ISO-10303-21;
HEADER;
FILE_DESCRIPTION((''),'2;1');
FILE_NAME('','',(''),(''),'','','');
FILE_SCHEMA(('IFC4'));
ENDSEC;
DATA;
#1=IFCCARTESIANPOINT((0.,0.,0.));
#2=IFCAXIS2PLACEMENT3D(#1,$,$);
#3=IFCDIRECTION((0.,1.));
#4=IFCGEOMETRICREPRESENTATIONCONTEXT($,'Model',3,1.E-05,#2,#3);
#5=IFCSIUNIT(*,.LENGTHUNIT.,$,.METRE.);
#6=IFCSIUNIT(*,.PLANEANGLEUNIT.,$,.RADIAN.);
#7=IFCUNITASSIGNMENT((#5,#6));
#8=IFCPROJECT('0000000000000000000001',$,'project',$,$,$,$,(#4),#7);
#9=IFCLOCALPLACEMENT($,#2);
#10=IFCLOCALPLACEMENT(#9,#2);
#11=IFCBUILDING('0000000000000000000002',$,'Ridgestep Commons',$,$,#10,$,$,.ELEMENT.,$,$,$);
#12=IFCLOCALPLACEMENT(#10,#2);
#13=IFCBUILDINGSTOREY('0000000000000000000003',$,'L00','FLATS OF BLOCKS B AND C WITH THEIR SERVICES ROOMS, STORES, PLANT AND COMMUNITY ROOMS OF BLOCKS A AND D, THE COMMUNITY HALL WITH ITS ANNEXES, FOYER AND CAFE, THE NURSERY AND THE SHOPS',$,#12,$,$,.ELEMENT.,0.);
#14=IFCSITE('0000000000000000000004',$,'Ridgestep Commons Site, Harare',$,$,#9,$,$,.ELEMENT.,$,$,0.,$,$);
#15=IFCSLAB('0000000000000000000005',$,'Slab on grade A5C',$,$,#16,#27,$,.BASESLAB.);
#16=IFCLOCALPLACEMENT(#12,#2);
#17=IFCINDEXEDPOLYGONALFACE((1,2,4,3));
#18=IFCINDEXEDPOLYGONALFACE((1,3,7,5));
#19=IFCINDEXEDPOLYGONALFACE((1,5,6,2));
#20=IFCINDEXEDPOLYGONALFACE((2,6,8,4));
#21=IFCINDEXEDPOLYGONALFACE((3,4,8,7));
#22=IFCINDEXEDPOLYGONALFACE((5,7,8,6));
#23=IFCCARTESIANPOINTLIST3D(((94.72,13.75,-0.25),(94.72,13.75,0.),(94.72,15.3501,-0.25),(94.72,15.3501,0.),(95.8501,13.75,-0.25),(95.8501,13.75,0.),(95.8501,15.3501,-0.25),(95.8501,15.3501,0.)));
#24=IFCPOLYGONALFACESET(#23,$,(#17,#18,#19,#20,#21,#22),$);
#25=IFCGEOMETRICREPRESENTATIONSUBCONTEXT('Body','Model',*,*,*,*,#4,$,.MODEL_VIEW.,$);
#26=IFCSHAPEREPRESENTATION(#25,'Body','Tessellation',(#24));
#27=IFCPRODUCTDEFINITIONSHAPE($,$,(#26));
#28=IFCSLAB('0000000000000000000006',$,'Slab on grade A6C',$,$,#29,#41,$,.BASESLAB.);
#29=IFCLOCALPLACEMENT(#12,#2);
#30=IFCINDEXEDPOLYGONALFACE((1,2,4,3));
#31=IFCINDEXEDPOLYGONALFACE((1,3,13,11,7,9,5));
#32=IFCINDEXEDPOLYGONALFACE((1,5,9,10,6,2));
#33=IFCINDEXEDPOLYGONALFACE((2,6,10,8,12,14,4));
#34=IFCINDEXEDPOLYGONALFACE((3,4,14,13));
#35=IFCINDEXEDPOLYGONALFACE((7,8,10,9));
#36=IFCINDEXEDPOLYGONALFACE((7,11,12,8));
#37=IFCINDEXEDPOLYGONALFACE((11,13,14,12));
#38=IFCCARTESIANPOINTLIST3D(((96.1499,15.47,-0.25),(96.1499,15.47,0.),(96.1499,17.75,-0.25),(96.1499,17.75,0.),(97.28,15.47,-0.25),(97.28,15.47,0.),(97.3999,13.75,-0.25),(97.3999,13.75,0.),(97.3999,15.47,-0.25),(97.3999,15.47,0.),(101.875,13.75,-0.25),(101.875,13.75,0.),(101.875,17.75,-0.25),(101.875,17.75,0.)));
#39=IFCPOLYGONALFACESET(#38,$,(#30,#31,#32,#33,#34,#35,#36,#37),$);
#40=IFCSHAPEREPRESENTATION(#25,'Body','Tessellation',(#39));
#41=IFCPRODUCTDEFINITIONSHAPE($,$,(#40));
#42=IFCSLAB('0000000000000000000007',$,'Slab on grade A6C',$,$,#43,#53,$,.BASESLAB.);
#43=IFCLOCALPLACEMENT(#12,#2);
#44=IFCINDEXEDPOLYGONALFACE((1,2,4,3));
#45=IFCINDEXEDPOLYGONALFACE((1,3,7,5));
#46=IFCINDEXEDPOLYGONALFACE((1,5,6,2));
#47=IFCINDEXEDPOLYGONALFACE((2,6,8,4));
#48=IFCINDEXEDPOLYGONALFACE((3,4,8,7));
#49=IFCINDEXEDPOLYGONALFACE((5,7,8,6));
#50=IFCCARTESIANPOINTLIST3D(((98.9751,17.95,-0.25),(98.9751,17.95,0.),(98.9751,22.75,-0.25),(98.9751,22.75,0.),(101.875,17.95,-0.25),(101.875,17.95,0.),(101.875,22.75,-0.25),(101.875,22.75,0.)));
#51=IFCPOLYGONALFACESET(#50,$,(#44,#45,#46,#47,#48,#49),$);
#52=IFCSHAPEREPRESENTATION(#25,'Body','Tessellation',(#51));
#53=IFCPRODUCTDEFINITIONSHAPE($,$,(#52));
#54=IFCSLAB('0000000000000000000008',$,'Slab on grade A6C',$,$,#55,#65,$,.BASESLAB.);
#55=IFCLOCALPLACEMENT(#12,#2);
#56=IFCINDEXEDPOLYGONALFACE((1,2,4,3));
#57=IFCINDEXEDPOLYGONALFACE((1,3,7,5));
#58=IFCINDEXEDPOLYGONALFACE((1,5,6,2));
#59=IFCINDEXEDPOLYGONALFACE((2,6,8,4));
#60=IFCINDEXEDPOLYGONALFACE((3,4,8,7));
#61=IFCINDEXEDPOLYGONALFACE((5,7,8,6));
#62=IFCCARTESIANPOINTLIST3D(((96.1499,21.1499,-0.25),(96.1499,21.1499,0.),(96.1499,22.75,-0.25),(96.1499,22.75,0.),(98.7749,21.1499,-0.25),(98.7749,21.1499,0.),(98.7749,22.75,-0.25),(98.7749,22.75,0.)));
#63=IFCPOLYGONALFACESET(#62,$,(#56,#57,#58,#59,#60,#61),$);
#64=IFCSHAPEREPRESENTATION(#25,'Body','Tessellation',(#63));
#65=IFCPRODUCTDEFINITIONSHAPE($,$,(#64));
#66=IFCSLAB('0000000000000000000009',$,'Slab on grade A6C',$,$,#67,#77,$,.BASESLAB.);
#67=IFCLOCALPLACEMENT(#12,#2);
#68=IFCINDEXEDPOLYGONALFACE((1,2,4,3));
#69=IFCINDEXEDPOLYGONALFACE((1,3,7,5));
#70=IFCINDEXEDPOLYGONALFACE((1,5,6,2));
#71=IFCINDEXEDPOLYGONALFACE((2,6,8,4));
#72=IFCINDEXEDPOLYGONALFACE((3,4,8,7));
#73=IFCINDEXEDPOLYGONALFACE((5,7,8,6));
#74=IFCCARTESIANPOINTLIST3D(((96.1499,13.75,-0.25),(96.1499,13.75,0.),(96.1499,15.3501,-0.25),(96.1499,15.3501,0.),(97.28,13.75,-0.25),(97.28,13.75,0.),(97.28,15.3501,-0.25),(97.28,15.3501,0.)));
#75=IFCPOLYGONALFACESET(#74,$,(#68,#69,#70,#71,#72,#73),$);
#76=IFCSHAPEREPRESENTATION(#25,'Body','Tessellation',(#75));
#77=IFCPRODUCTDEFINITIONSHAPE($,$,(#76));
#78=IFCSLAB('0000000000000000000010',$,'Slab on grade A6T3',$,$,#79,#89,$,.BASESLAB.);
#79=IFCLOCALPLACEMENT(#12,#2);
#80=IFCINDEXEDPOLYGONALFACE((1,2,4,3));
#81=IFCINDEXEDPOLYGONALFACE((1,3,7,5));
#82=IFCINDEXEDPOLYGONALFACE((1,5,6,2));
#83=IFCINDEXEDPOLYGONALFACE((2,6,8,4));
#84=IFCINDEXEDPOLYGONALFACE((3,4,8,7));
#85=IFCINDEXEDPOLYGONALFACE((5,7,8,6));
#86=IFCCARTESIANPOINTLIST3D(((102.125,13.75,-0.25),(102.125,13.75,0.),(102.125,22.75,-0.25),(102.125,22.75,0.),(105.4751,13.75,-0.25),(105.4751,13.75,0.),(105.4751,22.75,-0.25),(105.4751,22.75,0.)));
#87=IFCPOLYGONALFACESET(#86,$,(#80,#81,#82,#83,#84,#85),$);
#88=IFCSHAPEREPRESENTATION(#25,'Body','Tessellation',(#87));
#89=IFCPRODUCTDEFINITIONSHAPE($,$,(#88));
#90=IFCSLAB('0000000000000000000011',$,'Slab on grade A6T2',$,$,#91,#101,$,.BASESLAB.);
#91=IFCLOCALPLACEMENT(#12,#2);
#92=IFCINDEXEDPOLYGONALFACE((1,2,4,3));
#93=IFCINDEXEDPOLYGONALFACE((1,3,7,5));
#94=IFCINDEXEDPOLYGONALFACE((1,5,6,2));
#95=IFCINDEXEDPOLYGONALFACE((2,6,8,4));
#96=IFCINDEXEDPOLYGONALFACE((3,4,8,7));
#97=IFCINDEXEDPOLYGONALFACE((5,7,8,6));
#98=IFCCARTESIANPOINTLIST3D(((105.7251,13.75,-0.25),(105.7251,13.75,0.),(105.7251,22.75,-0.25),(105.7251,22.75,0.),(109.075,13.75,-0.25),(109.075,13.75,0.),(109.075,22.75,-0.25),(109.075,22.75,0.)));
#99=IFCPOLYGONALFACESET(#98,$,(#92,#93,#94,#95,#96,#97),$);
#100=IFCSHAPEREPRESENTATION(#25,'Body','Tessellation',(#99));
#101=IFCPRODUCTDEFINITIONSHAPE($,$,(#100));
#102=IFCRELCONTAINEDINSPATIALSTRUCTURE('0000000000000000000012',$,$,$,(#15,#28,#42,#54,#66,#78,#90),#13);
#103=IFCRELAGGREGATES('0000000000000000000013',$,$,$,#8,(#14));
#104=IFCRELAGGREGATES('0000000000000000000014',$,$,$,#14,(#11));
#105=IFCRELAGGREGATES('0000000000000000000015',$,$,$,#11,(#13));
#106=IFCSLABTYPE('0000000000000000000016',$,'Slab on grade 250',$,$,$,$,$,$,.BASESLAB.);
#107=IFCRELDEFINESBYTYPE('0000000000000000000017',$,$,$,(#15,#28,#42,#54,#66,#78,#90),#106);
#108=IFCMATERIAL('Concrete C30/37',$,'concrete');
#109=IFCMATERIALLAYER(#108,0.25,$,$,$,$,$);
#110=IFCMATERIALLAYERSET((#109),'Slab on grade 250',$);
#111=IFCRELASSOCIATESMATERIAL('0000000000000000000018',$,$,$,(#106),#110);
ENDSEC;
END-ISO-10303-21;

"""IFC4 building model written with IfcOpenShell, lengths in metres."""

from ifc_helpers import new_model, si_unit, direction, frame, origin, place, context, subcontext, project, spatial, polyline, outline, extrude, material, layer, layer_set, type_object, element, save


model = new_model("IFC4")

# Units and contexts
model_context = context("Model", 3, precision=1e-05, world=origin(), true_north=direction((0.0, 1.0)))
body_context = subcontext(model_context, "Body", "Model", "MODEL_VIEW")
ifc_project = project(units=[si_unit("LENGTHUNIT", "METRE"), si_unit("PLANEANGLEUNIT", "RADIAN")], contexts=[model_context])

# Site, building, storey
site_placement = place(None, origin())
site = spatial("IfcSite", under=ifc_project, at=site_placement, Name="Ridgestep Commons Site, Harare", CompositionType="ELEMENT", RefElevation=0.0)
building_placement = place(site_placement, origin())
building = spatial("IfcBuilding", under=site, at=building_placement, Name="Ridgestep Commons", CompositionType="ELEMENT")
storey_placement = place(building_placement, origin())
storey = spatial("IfcBuildingStorey", under=building, at=storey_placement, Name="L00", Description="FLATS OF BLOCKS B AND C WITH THEIR SERVICES ROOMS, STORES, PLANT AND COMMUNITY ROOMS OF BLOCKS A AND D, THE COMMUNITY HALL WITH ITS ANNEXES, FOYER AND CAFE, THE NURSERY AND THE SHOPS", CompositionType="ELEMENT", Elevation=0.0)

# Slabs
ifc_material = material(Name="Concrete C30/37", Category="concrete")
ifc_layer = layer(ifc_material, 0.25)
ifc_layer_set = layer_set([ifc_layer], Name="Slab on grade 250")
slab_type = type_object("IfcSlabType", Name="Slab on grade 250", PredefinedType="BASESLAB", material=ifc_layer_set)
slab_1_placement = place(storey_placement, frame((0.0, 0.0, -0.25)))
element("IfcSlab", 1, at=slab_1_placement, inside=storey, type_object=slab_type, Name="Slab on grade A5C", PredefinedType="BASESLAB", context=body_context, shape_type="SweptSolid", body=[
    extrude(outline(polyline([(94.72, 13.75), (95.8501, 13.75), (95.8501, 15.3501), (94.72, 15.3501), (94.72, 13.75)])), origin(), (0.0, 0.0, 1.0), 0.25),
])
slab_2_placement = place(storey_placement, frame((0.0, 0.0, -0.25)))
element("IfcSlab", 2, at=slab_2_placement, inside=storey, type_object=slab_type, Name="Slab on grade A6C", PredefinedType="BASESLAB", context=body_context, shape_type="SweptSolid", body=[
    extrude(outline(polyline([(97.3999, 13.75), (101.875, 13.75), (101.875, 17.75), (96.1499, 17.75), (96.1499, 15.47), (97.28, 15.47), (97.3999, 15.47), (97.3999, 13.75)])), origin(), (0.0, 0.0, 1.0), 0.25),
])
slab_3_placement = place(storey_placement, frame((0.0, 0.0, -0.25)))
element("IfcSlab", 3, at=slab_3_placement, inside=storey, type_object=slab_type, Name="Slab on grade A6C", PredefinedType="BASESLAB", context=body_context, shape_type="SweptSolid", body=[
    extrude(outline(polyline([(101.875, 17.95), (101.875, 22.75), (98.9751, 22.75), (98.9751, 17.95), (101.875, 17.95)])), origin(), (0.0, 0.0, 1.0), 0.25),
])
slab_4_placement = place(storey_placement, frame((0.0, 0.0, -0.25)))
element("IfcSlab", 4, at=slab_4_placement, inside=storey, type_object=slab_type, Name="Slab on grade A6C", PredefinedType="BASESLAB", context=body_context, shape_type="SweptSolid", body=[
    extrude(outline(polyline([(98.7749, 22.75), (96.1499, 22.75), (96.1499, 21.1499), (98.7749, 21.1499), (98.7749, 22.75)])), origin(), (0.0, 0.0, 1.0), 0.25),
])
slab_5_placement = place(storey_placement, frame((0.0, 0.0, -0.25)))
element("IfcSlab", 5, at=slab_5_placement, inside=storey, type_object=slab_type, Name="Slab on grade A6C", PredefinedType="BASESLAB", context=body_context, shape_type="SweptSolid", body=[
    extrude(outline(polyline([(97.28, 15.3501), (96.1499, 15.3501), (96.1499, 13.75), (97.28, 13.75), (97.28, 15.3501)])), origin(), (0.0, 0.0, 1.0), 0.25),
])
slab_6_placement = place(storey_placement, frame((0.0, 0.0, -0.25)))
element("IfcSlab", 6, at=slab_6_placement, inside=storey, type_object=slab_type, Name="Slab on grade A6T3", PredefinedType="BASESLAB", context=body_context, shape_type="SweptSolid", body=[
    extrude(outline(polyline([(105.4751, 13.75), (105.4751, 22.75), (102.125, 22.75), (102.125, 13.75), (105.4751, 13.75)])), origin(), (0.0, 0.0, 1.0), 0.25),
])
slab_7_placement = place(storey_placement, frame((0.0, 0.0, -0.25)))
element("IfcSlab", 7, at=slab_7_placement, inside=storey, type_object=slab_type, Name="Slab on grade A6T2", PredefinedType="BASESLAB", context=body_context, shape_type="SweptSolid", body=[
    extrude(outline(polyline([(109.075, 13.75), (109.075, 22.75), (105.7251, 22.75), (105.7251, 13.75), (109.075, 13.75)])), origin(), (0.0, 0.0, 1.0), 0.25),
])

save(model, "model.ifc")
